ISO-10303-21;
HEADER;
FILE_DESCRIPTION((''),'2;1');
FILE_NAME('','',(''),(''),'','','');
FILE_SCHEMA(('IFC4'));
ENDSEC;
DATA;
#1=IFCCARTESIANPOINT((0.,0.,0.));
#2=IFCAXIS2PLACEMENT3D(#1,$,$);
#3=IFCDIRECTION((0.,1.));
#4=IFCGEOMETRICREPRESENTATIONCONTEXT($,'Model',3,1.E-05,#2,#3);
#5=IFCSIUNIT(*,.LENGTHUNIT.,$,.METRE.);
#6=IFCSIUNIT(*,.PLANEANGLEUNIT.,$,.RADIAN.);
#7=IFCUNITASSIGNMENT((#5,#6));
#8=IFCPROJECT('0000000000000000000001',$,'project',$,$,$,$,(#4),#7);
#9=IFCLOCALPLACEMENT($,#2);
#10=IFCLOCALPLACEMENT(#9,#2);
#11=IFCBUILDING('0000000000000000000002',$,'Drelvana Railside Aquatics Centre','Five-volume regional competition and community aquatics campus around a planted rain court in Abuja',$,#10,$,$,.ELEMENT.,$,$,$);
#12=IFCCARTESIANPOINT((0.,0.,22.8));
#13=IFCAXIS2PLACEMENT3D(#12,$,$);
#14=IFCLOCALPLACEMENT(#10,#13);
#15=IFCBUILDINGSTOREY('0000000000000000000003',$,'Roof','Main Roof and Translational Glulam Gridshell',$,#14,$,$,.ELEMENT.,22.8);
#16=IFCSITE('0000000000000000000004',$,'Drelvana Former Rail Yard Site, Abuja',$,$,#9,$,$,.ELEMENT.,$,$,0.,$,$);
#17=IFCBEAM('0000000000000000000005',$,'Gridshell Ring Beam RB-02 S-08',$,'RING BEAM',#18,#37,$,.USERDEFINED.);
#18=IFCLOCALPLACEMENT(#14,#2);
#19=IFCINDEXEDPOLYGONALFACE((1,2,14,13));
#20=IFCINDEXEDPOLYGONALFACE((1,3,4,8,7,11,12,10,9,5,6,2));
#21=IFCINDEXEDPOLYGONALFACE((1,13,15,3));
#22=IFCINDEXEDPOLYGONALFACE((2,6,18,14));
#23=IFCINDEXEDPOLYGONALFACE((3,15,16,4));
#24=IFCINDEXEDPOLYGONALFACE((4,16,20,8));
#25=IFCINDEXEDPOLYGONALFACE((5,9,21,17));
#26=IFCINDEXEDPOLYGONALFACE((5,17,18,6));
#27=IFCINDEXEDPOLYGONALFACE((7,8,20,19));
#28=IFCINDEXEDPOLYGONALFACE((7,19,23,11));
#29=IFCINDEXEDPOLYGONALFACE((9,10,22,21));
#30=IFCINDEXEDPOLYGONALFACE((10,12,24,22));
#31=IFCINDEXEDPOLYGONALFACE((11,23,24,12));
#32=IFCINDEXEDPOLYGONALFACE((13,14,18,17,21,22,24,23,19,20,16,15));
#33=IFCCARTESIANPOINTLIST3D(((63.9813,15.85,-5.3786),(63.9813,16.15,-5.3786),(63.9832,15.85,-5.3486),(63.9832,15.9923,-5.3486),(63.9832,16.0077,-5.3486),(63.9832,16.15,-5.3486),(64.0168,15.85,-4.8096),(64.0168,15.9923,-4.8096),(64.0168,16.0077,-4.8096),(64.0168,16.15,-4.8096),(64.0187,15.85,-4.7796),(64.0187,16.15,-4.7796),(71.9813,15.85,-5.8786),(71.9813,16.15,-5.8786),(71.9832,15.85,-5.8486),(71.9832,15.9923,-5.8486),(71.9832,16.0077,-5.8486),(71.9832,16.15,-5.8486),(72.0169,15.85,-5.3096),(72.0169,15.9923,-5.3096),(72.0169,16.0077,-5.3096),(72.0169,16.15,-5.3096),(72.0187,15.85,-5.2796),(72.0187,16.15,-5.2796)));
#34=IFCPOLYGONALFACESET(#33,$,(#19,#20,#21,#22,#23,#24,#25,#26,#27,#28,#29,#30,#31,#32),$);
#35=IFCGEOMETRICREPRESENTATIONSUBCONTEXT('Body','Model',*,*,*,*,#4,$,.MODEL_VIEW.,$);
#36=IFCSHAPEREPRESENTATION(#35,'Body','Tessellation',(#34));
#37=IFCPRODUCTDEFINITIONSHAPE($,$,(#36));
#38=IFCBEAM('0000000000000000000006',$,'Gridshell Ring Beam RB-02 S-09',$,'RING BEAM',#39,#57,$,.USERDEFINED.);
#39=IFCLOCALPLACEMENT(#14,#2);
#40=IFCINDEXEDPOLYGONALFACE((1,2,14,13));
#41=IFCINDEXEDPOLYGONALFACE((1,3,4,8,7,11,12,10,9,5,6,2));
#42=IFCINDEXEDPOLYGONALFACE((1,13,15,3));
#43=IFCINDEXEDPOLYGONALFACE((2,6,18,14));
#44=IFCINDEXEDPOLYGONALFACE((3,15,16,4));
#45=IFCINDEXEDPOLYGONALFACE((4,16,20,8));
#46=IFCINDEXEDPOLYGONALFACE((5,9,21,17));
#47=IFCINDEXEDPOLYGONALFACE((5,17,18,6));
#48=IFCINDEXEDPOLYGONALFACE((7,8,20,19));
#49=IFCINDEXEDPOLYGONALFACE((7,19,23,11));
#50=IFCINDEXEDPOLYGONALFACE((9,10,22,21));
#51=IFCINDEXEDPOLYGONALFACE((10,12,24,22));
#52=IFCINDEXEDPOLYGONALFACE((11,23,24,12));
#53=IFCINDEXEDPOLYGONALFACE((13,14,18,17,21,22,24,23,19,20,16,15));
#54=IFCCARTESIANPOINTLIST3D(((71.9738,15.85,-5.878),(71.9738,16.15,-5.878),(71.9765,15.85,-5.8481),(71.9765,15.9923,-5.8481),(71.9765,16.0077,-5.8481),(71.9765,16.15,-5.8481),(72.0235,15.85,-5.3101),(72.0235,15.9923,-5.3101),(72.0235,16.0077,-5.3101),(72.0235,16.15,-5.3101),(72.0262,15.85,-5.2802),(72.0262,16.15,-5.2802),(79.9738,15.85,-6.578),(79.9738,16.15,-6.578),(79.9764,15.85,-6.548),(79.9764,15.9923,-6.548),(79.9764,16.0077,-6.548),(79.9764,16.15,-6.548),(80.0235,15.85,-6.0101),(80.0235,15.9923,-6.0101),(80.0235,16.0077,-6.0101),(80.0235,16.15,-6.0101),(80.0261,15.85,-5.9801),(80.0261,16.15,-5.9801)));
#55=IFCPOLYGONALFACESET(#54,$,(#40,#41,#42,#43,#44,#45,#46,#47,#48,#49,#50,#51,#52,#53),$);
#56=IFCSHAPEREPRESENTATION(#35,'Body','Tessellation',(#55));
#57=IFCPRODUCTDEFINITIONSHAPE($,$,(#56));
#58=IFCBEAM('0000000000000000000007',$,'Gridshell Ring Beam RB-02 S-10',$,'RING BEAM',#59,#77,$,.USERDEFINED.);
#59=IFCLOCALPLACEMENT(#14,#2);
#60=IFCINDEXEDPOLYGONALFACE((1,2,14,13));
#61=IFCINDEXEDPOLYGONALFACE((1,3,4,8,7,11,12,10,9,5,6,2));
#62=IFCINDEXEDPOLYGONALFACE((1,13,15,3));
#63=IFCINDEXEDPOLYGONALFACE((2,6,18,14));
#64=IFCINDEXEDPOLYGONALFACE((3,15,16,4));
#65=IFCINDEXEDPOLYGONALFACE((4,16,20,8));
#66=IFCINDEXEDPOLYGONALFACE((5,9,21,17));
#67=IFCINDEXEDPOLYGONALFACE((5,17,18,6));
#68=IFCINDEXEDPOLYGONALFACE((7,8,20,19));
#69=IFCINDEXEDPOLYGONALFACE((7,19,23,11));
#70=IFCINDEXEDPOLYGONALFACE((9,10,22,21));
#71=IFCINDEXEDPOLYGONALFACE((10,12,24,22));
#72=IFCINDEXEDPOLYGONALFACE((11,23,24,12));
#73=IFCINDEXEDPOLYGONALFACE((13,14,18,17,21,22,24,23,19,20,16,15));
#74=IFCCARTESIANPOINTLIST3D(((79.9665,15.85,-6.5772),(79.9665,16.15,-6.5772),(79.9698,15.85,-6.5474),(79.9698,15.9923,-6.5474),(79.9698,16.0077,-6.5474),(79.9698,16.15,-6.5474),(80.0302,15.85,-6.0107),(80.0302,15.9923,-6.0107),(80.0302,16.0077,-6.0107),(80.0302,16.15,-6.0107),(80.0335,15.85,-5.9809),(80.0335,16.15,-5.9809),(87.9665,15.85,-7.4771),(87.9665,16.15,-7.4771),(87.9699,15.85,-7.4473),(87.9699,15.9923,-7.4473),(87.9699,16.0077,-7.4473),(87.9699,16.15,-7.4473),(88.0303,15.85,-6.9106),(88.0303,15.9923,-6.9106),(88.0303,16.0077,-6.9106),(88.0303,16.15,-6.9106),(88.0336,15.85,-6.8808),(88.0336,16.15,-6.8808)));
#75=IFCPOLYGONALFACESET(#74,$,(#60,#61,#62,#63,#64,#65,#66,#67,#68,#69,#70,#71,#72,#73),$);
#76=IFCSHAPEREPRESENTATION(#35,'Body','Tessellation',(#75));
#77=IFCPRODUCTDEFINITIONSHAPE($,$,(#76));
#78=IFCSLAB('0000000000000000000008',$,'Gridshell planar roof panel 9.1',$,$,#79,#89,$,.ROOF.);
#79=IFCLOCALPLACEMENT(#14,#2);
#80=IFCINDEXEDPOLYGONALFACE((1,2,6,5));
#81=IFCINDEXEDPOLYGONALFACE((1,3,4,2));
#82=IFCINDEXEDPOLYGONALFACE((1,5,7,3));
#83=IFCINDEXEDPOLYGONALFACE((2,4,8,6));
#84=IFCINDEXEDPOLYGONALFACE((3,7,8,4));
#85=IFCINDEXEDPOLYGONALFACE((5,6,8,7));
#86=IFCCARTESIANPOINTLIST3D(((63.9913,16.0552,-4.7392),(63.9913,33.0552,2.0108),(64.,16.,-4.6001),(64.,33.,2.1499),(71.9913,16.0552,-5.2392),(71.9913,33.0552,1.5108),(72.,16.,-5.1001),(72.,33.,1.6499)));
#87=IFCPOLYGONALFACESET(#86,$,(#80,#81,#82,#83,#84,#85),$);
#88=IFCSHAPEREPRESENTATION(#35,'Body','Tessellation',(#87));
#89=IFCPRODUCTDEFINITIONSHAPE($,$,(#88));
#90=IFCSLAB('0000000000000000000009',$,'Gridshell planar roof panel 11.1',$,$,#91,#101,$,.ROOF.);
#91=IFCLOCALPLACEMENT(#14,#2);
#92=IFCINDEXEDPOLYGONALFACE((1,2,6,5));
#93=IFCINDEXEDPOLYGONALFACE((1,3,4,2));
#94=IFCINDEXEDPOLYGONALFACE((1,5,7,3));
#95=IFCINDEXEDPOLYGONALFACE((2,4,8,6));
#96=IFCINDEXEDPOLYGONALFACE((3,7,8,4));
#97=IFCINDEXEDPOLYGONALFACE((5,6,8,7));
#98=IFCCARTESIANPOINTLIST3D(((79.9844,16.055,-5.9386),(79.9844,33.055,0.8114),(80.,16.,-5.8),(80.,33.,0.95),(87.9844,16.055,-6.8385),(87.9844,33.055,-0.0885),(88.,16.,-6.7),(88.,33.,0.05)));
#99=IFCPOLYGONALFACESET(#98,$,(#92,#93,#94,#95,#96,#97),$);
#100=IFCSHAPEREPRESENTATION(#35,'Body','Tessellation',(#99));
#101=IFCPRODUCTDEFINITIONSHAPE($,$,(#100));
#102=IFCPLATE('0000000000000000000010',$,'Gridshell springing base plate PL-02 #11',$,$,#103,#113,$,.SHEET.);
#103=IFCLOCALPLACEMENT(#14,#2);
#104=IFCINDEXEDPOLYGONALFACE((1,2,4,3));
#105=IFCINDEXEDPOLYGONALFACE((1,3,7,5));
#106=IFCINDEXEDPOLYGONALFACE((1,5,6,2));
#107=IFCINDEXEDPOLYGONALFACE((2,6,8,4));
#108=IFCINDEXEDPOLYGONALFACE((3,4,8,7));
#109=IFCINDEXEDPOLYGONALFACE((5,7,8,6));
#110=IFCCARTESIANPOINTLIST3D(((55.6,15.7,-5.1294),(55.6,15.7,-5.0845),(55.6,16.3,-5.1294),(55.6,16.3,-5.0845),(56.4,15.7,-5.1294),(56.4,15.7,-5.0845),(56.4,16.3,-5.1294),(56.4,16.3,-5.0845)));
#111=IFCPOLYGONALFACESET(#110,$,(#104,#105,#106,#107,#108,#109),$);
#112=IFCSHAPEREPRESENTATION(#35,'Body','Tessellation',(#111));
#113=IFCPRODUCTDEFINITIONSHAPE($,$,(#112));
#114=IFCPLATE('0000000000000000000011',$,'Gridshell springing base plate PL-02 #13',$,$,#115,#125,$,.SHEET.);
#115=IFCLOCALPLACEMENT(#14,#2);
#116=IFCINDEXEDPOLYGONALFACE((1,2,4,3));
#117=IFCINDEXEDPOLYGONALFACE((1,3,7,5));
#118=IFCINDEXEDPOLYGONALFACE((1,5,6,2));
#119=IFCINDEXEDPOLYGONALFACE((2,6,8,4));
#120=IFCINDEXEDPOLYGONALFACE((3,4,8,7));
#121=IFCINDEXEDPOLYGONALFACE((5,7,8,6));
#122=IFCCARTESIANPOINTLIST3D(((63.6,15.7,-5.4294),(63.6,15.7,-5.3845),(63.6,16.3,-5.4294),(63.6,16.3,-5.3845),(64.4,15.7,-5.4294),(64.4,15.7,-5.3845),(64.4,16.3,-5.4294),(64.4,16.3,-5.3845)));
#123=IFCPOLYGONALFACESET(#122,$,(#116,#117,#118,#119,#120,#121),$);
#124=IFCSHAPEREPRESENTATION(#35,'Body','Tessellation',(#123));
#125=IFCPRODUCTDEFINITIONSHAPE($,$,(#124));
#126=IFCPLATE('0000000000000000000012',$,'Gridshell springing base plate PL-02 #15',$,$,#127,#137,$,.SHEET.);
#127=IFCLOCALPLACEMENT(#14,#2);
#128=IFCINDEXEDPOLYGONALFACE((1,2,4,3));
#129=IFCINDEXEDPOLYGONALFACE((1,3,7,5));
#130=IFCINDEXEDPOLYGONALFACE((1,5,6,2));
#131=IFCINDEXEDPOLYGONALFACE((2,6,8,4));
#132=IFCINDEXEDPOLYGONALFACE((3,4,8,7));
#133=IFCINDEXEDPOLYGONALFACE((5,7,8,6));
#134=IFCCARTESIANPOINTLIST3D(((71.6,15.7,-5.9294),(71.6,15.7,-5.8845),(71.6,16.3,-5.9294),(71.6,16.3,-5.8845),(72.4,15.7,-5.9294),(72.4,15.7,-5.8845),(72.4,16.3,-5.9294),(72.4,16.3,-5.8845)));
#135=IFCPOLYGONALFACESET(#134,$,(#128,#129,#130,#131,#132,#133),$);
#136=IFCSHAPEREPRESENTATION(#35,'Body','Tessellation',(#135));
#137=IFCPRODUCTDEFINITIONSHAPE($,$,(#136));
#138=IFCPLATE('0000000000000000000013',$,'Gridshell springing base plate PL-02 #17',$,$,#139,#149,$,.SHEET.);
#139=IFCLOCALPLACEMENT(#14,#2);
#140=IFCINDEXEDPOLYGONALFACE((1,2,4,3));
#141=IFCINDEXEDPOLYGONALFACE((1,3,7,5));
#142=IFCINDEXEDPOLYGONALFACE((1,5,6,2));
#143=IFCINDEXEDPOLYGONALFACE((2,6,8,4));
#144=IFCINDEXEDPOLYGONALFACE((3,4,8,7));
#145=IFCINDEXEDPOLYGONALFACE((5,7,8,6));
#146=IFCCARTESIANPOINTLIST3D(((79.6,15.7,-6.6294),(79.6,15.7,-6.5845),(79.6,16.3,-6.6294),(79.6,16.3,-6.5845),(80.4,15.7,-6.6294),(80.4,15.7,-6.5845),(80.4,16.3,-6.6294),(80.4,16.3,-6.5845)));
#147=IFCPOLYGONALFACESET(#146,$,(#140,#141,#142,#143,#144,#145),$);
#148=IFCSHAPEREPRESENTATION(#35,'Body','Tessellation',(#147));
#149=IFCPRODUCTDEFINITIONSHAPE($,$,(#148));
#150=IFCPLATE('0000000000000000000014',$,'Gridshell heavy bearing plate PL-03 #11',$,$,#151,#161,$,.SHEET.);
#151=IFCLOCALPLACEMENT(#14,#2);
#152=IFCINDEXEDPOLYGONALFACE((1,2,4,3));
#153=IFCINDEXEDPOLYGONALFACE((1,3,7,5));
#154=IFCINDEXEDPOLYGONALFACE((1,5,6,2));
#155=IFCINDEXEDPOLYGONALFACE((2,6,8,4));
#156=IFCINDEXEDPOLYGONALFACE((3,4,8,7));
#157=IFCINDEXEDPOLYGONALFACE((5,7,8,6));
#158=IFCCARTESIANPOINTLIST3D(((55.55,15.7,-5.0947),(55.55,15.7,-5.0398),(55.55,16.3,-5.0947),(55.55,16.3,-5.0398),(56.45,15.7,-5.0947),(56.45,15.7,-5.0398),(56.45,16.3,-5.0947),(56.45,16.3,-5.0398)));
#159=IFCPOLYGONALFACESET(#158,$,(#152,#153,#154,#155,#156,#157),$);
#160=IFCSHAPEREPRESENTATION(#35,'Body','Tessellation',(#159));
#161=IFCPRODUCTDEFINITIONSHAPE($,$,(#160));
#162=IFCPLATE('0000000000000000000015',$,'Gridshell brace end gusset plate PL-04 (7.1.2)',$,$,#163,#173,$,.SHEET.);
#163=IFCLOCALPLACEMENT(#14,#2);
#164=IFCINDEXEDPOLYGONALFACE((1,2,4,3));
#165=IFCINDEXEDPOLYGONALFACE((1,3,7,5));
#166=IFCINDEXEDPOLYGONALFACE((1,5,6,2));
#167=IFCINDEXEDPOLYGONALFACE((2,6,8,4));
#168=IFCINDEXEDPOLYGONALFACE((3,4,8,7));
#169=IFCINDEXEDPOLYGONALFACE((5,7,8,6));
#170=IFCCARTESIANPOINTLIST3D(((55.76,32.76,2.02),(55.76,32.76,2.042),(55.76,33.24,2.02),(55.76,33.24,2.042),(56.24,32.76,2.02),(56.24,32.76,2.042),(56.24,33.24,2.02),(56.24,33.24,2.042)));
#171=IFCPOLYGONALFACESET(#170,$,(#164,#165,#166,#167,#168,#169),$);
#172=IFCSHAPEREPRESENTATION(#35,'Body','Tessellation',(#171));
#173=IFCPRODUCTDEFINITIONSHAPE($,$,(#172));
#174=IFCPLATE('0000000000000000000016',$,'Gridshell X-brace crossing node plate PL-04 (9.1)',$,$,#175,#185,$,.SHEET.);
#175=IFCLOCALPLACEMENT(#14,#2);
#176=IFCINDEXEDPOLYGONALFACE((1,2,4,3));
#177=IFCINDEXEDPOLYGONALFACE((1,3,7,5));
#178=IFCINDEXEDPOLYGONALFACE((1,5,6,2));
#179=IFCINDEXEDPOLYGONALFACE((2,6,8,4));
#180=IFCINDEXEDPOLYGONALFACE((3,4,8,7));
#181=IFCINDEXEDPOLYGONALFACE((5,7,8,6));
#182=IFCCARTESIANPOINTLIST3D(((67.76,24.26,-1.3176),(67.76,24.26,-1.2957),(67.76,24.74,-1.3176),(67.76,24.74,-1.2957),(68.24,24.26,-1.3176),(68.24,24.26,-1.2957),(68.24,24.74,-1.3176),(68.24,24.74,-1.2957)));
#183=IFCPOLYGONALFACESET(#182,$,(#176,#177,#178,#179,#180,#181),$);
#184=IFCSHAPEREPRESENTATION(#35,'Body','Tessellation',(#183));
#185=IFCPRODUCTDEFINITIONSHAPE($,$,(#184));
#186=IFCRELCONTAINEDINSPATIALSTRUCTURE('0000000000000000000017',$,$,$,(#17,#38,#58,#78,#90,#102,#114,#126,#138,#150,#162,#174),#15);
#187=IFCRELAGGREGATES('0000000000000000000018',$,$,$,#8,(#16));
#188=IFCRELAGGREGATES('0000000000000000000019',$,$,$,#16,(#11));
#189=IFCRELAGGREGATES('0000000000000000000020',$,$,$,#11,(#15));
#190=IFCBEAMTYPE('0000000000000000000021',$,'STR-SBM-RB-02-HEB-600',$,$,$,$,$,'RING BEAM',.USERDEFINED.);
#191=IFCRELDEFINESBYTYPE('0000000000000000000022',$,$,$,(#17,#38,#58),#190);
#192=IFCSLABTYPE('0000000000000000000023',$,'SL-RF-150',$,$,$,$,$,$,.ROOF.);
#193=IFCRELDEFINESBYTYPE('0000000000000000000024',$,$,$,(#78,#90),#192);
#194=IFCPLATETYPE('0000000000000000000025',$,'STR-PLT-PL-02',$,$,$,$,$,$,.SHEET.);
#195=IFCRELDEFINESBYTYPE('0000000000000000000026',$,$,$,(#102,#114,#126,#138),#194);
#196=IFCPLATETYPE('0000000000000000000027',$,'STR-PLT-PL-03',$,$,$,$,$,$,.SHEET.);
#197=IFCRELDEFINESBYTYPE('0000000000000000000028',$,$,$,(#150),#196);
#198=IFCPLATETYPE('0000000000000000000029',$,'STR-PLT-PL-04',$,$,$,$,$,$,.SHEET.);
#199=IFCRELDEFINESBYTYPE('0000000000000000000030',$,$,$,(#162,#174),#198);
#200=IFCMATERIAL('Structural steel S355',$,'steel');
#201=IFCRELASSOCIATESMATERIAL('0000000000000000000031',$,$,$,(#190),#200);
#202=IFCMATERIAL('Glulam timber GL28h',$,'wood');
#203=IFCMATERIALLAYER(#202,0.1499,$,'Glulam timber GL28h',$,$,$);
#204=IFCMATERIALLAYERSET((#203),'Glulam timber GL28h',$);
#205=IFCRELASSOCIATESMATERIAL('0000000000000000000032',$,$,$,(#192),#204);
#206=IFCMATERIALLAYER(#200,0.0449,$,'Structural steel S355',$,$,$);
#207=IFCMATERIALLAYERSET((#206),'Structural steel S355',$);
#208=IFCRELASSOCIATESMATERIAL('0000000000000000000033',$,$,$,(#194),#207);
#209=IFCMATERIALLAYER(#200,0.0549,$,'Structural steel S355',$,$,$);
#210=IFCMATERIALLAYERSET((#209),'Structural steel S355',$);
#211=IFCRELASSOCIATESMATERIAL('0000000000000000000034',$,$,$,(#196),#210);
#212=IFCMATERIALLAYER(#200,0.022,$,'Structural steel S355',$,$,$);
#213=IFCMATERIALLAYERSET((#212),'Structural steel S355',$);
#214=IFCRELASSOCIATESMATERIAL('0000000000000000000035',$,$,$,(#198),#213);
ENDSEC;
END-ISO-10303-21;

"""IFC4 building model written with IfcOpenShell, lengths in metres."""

from ifc_helpers import new_model, si_unit, direction, frame, origin, origin_2d, place, context, subcontext, project, spatial, polyline, rectangle, i_section, outline, extrude, material, layer, layer_set, material_profile, profile_set, type_object, element, save


model = new_model("IFC4")

# Units and contexts
model_context = context("Model", 3, precision=1e-05, world=origin(), true_north=direction((0.0, 1.0)))
body_context = subcontext(model_context, "Body", "Model", "MODEL_VIEW")
ifc_project = project(units=[si_unit("LENGTHUNIT", "METRE"), si_unit("PLANEANGLEUNIT", "RADIAN")], contexts=[model_context])

# Site, building, storey
site_placement = place(None, origin())
site = spatial("IfcSite", under=ifc_project, at=site_placement, Name="Drelvana Former Rail Yard Site, Abuja", CompositionType="ELEMENT", RefElevation=0.0)
building_placement = place(site_placement, origin())
building = spatial("IfcBuilding", under=site, at=building_placement, Name="Drelvana Railside Aquatics Centre", Description="Five-volume regional competition and community aquatics campus around a planted rain court in Abuja", CompositionType="ELEMENT")
storey_placement = place(building_placement, frame((0.0, 0.0, 22.8)))
storey = spatial("IfcBuildingStorey", under=building, at=storey_placement, Name="Roof", Description="Main Roof and Translational Glulam Gridshell", CompositionType="ELEMENT", Elevation=22.8)

# Shared definitions
ifc_material_1 = material(Name="Glulam timber GL28h", Category="wood")

# Beams
ifc_material_2 = material(Name="Structural steel S355", Category="steel")
ifc_material_profile_1 = material_profile(ifc_material_2, i_section(OverallWidth=0.3, OverallDepth=0.6001, WebThickness=0.0154, FlangeThickness=0.03, at=origin_2d()), Name="HEB 600")
ifc_profile_set_1 = profile_set([ifc_material_profile_1], Name="Structural steel S355")
beam_type_1 = type_object("IfcBeamType", Name="STR-SBM-RB-02-HEB-600", ElementType="RING BEAM", PredefinedType="USERDEFINED", material=ifc_profile_set_1)
beam_1_placement = place(storey_placement, frame((64.0, 16.0, -5.0791), z_axis=(0.998053, 0.0, -0.062378), x_axis=(0.0, 1.0, 0.0)))
element("IfcBeam", 1, at=beam_1_placement, inside=storey, type_object=beam_type_1, Name="Gridshell Ring Beam RB-02 S-08", ObjectType="RING BEAM", PredefinedType="USERDEFINED", context=body_context, shape_type="SweptSolid", body=[
    extrude(i_section(OverallWidth=0.3, OverallDepth=0.6001, WebThickness=0.0154, FlangeThickness=0.03, at=origin_2d()), origin(), (0.0, 0.0, 1.0), 8.0156),
])
beam_2_placement = place(storey_placement, frame((72.0, 16.0, -5.5791), z_axis=(0.996194, 0.0, -0.087161), x_axis=(0.0, 1.0, 0.0)))
element("IfcBeam", 2, at=beam_2_placement, inside=storey, type_object=beam_type_1, Name="Gridshell Ring Beam RB-02 S-09", ObjectType="RING BEAM", PredefinedType="USERDEFINED", context=body_context, shape_type="SweptSolid", body=[
    extrude(i_section(OverallWidth=0.3, OverallDepth=0.6001, WebThickness=0.0154, FlangeThickness=0.03, at=origin_2d()), origin(), (0.0, 0.0, 1.0), 8.0305),
])
beam_3_placement = place(storey_placement, frame((80.0, 16.0, -6.2791), z_axis=(0.993733, 0.0, -0.111783), x_axis=(0.0, 1.0, 0.0)))
element("IfcBeam", 3, at=beam_3_placement, inside=storey, type_object=beam_type_1, Name="Gridshell Ring Beam RB-02 S-10", ObjectType="RING BEAM", PredefinedType="USERDEFINED", context=body_context, shape_type="SweptSolid", body=[
    extrude(i_section(OverallWidth=0.3, OverallDepth=0.6001, WebThickness=0.0154, FlangeThickness=0.03, at=origin_2d()), origin(), (0.0, 0.0, 1.0), 8.0505),
])

# Shared definitions
ifc_layer_1 = layer(ifc_material_1, 0.1499, Name="Glulam timber GL28h")
ifc_layer_set_1 = layer_set([ifc_layer_1], Name="Glulam timber GL28h")
slab_type = type_object("IfcSlabType", Name="SL-RF-150", PredefinedType="ROOF", material=ifc_layer_set_1)

# Slab
slab_1_placement = place(storey_placement, frame((64.0, 16.0, -4.6001), z_axis=(0.057991, -0.368412, 0.927852), x_axis=(0.998053, 0.0, -0.062378)))
element("IfcSlab", 4, at=slab_1_placement, inside=storey, type_object=slab_type, Name="Gridshell planar roof panel 9.1", PredefinedType="ROOF", context=body_context, shape_type="SweptSolid", body=[
    extrude(outline(polyline([(0.0, 0.0), (8.0156, 0.0), (7.5946, 18.2862), (-0.4211, 18.2862), (0.0, 0.0)])), origin(), (0.0, 0.0, -1.0), 0.1499),
])

# Slab
slab_2_placement = place(storey_placement, frame((80.0, 16.0, -5.8), z_axis=(0.103981, -0.367033, 0.924378), x_axis=(0.993733, 0.0, -0.111783)))
element("IfcSlab", 5, at=slab_2_placement, inside=storey, type_object=slab_type, Name="Gridshell planar roof panel 11.1", PredefinedType="ROOF", context=body_context, shape_type="SweptSolid", body=[
    extrude(outline(polyline([(0.0, 0.0), (8.0505, 0.0), (7.2959, 18.2755), (-0.7545, 18.2755), (0.0, 0.0)])), origin(), (0.0, 0.0, -1.0), 0.1499),
])

# Plates
ifc_layer_2 = layer(ifc_material_2, 0.0449, Name="Structural steel S355")
ifc_layer_set_2 = layer_set([ifc_layer_2], Name="Structural steel S355")
plate_type_1 = type_object("IfcPlateType", Name="STR-PLT-PL-02", PredefinedType="SHEET", material=ifc_layer_set_2)
for number, where, z_axis, x_axis, name in (
    (6, (56.0, 16.0, -5.1294), (0.0, 0.0, 1.0), (1.0, 0.0, 0.0), "Gridshell springing base plate PL-02 #11"),
    (7, (64.0, 16.0, -5.4294), (0.0, 0.0, 1.0), (1.0, 0.0, 0.0), "Gridshell springing base plate PL-02 #13"),
    (8, (72.0, 16.0, -5.9294), (0.0, 0.0, 1.0), (1.0, 0.0, 0.0), "Gridshell springing base plate PL-02 #15"),
    (9, (80.0, 16.0, -6.6294), (0.0, 0.0, 1.0), (1.0, 0.0, 0.0), "Gridshell springing base plate PL-02 #17"),
):
    element("IfcPlate", number, at=place(storey_placement, frame(where, z_axis=z_axis, x_axis=x_axis)), inside=storey, type_object=plate_type_1, Name=name, PredefinedType="SHEET", context=body_context, shape_type="SweptSolid", body=[
        extrude(rectangle(XDim=0.8, YDim=0.6001, at=origin_2d()), origin(), (0.0, 0.0, 1.0), 0.0449),
    ])
ifc_layer_3 = layer(ifc_material_2, 0.0549, Name="Structural steel S355")
ifc_layer_set_3 = layer_set([ifc_layer_3], Name="Structural steel S355")
plate_type_2 = type_object("IfcPlateType", Name="STR-PLT-PL-03", PredefinedType="SHEET", material=ifc_layer_set_3)
plate_placement = place(storey_placement, frame((56.0, 16.0, -5.0947), z_axis=(0.0, 0.0, 1.0), x_axis=(1.0, 0.0, 0.0)))
element("IfcPlate", 10, at=plate_placement, inside=storey, type_object=plate_type_2, Name="Gridshell heavy bearing plate PL-03 #11", PredefinedType="SHEET", context=body_context, shape_type="SweptSolid", body=[
    extrude(rectangle(XDim=0.8999, YDim=0.6001, at=origin_2d()), origin(), (0.0, 0.0, 1.0), 0.0549),
])
ifc_layer_4 = layer(ifc_material_2, 0.022, Name="Structural steel S355")
ifc_layer_set_4 = layer_set([ifc_layer_4], Name="Structural steel S355")
plate_type_3 = type_object("IfcPlateType", Name="STR-PLT-PL-04", PredefinedType="SHEET", material=ifc_layer_set_4)
for number, where, z_axis, x_axis, name in (
    (11, (56.0, 33.0, 2.02), (0.0, 0.0, 1.0), (1.0, 0.0, 0.0), "Gridshell brace end gusset plate PL-04 (7.1.2)"),
    (12, (68.0, 24.5, -1.3176), (0.0, 0.0, 1.0), (1.0, 0.0, 0.0), "Gridshell X-brace crossing node plate PL-04 (9.1)"),
):
    element("IfcPlate", number, at=place(storey_placement, frame(where, z_axis=z_axis, x_axis=x_axis)), inside=storey, type_object=plate_type_3, Name=name, PredefinedType="SHEET", context=body_context, shape_type="SweptSolid", body=[
        extrude(rectangle(XDim=0.48, YDim=0.48, at=origin_2d()), origin(), (0.0, 0.0, 1.0), 0.022),
    ])

save(model, "model.ifc")
